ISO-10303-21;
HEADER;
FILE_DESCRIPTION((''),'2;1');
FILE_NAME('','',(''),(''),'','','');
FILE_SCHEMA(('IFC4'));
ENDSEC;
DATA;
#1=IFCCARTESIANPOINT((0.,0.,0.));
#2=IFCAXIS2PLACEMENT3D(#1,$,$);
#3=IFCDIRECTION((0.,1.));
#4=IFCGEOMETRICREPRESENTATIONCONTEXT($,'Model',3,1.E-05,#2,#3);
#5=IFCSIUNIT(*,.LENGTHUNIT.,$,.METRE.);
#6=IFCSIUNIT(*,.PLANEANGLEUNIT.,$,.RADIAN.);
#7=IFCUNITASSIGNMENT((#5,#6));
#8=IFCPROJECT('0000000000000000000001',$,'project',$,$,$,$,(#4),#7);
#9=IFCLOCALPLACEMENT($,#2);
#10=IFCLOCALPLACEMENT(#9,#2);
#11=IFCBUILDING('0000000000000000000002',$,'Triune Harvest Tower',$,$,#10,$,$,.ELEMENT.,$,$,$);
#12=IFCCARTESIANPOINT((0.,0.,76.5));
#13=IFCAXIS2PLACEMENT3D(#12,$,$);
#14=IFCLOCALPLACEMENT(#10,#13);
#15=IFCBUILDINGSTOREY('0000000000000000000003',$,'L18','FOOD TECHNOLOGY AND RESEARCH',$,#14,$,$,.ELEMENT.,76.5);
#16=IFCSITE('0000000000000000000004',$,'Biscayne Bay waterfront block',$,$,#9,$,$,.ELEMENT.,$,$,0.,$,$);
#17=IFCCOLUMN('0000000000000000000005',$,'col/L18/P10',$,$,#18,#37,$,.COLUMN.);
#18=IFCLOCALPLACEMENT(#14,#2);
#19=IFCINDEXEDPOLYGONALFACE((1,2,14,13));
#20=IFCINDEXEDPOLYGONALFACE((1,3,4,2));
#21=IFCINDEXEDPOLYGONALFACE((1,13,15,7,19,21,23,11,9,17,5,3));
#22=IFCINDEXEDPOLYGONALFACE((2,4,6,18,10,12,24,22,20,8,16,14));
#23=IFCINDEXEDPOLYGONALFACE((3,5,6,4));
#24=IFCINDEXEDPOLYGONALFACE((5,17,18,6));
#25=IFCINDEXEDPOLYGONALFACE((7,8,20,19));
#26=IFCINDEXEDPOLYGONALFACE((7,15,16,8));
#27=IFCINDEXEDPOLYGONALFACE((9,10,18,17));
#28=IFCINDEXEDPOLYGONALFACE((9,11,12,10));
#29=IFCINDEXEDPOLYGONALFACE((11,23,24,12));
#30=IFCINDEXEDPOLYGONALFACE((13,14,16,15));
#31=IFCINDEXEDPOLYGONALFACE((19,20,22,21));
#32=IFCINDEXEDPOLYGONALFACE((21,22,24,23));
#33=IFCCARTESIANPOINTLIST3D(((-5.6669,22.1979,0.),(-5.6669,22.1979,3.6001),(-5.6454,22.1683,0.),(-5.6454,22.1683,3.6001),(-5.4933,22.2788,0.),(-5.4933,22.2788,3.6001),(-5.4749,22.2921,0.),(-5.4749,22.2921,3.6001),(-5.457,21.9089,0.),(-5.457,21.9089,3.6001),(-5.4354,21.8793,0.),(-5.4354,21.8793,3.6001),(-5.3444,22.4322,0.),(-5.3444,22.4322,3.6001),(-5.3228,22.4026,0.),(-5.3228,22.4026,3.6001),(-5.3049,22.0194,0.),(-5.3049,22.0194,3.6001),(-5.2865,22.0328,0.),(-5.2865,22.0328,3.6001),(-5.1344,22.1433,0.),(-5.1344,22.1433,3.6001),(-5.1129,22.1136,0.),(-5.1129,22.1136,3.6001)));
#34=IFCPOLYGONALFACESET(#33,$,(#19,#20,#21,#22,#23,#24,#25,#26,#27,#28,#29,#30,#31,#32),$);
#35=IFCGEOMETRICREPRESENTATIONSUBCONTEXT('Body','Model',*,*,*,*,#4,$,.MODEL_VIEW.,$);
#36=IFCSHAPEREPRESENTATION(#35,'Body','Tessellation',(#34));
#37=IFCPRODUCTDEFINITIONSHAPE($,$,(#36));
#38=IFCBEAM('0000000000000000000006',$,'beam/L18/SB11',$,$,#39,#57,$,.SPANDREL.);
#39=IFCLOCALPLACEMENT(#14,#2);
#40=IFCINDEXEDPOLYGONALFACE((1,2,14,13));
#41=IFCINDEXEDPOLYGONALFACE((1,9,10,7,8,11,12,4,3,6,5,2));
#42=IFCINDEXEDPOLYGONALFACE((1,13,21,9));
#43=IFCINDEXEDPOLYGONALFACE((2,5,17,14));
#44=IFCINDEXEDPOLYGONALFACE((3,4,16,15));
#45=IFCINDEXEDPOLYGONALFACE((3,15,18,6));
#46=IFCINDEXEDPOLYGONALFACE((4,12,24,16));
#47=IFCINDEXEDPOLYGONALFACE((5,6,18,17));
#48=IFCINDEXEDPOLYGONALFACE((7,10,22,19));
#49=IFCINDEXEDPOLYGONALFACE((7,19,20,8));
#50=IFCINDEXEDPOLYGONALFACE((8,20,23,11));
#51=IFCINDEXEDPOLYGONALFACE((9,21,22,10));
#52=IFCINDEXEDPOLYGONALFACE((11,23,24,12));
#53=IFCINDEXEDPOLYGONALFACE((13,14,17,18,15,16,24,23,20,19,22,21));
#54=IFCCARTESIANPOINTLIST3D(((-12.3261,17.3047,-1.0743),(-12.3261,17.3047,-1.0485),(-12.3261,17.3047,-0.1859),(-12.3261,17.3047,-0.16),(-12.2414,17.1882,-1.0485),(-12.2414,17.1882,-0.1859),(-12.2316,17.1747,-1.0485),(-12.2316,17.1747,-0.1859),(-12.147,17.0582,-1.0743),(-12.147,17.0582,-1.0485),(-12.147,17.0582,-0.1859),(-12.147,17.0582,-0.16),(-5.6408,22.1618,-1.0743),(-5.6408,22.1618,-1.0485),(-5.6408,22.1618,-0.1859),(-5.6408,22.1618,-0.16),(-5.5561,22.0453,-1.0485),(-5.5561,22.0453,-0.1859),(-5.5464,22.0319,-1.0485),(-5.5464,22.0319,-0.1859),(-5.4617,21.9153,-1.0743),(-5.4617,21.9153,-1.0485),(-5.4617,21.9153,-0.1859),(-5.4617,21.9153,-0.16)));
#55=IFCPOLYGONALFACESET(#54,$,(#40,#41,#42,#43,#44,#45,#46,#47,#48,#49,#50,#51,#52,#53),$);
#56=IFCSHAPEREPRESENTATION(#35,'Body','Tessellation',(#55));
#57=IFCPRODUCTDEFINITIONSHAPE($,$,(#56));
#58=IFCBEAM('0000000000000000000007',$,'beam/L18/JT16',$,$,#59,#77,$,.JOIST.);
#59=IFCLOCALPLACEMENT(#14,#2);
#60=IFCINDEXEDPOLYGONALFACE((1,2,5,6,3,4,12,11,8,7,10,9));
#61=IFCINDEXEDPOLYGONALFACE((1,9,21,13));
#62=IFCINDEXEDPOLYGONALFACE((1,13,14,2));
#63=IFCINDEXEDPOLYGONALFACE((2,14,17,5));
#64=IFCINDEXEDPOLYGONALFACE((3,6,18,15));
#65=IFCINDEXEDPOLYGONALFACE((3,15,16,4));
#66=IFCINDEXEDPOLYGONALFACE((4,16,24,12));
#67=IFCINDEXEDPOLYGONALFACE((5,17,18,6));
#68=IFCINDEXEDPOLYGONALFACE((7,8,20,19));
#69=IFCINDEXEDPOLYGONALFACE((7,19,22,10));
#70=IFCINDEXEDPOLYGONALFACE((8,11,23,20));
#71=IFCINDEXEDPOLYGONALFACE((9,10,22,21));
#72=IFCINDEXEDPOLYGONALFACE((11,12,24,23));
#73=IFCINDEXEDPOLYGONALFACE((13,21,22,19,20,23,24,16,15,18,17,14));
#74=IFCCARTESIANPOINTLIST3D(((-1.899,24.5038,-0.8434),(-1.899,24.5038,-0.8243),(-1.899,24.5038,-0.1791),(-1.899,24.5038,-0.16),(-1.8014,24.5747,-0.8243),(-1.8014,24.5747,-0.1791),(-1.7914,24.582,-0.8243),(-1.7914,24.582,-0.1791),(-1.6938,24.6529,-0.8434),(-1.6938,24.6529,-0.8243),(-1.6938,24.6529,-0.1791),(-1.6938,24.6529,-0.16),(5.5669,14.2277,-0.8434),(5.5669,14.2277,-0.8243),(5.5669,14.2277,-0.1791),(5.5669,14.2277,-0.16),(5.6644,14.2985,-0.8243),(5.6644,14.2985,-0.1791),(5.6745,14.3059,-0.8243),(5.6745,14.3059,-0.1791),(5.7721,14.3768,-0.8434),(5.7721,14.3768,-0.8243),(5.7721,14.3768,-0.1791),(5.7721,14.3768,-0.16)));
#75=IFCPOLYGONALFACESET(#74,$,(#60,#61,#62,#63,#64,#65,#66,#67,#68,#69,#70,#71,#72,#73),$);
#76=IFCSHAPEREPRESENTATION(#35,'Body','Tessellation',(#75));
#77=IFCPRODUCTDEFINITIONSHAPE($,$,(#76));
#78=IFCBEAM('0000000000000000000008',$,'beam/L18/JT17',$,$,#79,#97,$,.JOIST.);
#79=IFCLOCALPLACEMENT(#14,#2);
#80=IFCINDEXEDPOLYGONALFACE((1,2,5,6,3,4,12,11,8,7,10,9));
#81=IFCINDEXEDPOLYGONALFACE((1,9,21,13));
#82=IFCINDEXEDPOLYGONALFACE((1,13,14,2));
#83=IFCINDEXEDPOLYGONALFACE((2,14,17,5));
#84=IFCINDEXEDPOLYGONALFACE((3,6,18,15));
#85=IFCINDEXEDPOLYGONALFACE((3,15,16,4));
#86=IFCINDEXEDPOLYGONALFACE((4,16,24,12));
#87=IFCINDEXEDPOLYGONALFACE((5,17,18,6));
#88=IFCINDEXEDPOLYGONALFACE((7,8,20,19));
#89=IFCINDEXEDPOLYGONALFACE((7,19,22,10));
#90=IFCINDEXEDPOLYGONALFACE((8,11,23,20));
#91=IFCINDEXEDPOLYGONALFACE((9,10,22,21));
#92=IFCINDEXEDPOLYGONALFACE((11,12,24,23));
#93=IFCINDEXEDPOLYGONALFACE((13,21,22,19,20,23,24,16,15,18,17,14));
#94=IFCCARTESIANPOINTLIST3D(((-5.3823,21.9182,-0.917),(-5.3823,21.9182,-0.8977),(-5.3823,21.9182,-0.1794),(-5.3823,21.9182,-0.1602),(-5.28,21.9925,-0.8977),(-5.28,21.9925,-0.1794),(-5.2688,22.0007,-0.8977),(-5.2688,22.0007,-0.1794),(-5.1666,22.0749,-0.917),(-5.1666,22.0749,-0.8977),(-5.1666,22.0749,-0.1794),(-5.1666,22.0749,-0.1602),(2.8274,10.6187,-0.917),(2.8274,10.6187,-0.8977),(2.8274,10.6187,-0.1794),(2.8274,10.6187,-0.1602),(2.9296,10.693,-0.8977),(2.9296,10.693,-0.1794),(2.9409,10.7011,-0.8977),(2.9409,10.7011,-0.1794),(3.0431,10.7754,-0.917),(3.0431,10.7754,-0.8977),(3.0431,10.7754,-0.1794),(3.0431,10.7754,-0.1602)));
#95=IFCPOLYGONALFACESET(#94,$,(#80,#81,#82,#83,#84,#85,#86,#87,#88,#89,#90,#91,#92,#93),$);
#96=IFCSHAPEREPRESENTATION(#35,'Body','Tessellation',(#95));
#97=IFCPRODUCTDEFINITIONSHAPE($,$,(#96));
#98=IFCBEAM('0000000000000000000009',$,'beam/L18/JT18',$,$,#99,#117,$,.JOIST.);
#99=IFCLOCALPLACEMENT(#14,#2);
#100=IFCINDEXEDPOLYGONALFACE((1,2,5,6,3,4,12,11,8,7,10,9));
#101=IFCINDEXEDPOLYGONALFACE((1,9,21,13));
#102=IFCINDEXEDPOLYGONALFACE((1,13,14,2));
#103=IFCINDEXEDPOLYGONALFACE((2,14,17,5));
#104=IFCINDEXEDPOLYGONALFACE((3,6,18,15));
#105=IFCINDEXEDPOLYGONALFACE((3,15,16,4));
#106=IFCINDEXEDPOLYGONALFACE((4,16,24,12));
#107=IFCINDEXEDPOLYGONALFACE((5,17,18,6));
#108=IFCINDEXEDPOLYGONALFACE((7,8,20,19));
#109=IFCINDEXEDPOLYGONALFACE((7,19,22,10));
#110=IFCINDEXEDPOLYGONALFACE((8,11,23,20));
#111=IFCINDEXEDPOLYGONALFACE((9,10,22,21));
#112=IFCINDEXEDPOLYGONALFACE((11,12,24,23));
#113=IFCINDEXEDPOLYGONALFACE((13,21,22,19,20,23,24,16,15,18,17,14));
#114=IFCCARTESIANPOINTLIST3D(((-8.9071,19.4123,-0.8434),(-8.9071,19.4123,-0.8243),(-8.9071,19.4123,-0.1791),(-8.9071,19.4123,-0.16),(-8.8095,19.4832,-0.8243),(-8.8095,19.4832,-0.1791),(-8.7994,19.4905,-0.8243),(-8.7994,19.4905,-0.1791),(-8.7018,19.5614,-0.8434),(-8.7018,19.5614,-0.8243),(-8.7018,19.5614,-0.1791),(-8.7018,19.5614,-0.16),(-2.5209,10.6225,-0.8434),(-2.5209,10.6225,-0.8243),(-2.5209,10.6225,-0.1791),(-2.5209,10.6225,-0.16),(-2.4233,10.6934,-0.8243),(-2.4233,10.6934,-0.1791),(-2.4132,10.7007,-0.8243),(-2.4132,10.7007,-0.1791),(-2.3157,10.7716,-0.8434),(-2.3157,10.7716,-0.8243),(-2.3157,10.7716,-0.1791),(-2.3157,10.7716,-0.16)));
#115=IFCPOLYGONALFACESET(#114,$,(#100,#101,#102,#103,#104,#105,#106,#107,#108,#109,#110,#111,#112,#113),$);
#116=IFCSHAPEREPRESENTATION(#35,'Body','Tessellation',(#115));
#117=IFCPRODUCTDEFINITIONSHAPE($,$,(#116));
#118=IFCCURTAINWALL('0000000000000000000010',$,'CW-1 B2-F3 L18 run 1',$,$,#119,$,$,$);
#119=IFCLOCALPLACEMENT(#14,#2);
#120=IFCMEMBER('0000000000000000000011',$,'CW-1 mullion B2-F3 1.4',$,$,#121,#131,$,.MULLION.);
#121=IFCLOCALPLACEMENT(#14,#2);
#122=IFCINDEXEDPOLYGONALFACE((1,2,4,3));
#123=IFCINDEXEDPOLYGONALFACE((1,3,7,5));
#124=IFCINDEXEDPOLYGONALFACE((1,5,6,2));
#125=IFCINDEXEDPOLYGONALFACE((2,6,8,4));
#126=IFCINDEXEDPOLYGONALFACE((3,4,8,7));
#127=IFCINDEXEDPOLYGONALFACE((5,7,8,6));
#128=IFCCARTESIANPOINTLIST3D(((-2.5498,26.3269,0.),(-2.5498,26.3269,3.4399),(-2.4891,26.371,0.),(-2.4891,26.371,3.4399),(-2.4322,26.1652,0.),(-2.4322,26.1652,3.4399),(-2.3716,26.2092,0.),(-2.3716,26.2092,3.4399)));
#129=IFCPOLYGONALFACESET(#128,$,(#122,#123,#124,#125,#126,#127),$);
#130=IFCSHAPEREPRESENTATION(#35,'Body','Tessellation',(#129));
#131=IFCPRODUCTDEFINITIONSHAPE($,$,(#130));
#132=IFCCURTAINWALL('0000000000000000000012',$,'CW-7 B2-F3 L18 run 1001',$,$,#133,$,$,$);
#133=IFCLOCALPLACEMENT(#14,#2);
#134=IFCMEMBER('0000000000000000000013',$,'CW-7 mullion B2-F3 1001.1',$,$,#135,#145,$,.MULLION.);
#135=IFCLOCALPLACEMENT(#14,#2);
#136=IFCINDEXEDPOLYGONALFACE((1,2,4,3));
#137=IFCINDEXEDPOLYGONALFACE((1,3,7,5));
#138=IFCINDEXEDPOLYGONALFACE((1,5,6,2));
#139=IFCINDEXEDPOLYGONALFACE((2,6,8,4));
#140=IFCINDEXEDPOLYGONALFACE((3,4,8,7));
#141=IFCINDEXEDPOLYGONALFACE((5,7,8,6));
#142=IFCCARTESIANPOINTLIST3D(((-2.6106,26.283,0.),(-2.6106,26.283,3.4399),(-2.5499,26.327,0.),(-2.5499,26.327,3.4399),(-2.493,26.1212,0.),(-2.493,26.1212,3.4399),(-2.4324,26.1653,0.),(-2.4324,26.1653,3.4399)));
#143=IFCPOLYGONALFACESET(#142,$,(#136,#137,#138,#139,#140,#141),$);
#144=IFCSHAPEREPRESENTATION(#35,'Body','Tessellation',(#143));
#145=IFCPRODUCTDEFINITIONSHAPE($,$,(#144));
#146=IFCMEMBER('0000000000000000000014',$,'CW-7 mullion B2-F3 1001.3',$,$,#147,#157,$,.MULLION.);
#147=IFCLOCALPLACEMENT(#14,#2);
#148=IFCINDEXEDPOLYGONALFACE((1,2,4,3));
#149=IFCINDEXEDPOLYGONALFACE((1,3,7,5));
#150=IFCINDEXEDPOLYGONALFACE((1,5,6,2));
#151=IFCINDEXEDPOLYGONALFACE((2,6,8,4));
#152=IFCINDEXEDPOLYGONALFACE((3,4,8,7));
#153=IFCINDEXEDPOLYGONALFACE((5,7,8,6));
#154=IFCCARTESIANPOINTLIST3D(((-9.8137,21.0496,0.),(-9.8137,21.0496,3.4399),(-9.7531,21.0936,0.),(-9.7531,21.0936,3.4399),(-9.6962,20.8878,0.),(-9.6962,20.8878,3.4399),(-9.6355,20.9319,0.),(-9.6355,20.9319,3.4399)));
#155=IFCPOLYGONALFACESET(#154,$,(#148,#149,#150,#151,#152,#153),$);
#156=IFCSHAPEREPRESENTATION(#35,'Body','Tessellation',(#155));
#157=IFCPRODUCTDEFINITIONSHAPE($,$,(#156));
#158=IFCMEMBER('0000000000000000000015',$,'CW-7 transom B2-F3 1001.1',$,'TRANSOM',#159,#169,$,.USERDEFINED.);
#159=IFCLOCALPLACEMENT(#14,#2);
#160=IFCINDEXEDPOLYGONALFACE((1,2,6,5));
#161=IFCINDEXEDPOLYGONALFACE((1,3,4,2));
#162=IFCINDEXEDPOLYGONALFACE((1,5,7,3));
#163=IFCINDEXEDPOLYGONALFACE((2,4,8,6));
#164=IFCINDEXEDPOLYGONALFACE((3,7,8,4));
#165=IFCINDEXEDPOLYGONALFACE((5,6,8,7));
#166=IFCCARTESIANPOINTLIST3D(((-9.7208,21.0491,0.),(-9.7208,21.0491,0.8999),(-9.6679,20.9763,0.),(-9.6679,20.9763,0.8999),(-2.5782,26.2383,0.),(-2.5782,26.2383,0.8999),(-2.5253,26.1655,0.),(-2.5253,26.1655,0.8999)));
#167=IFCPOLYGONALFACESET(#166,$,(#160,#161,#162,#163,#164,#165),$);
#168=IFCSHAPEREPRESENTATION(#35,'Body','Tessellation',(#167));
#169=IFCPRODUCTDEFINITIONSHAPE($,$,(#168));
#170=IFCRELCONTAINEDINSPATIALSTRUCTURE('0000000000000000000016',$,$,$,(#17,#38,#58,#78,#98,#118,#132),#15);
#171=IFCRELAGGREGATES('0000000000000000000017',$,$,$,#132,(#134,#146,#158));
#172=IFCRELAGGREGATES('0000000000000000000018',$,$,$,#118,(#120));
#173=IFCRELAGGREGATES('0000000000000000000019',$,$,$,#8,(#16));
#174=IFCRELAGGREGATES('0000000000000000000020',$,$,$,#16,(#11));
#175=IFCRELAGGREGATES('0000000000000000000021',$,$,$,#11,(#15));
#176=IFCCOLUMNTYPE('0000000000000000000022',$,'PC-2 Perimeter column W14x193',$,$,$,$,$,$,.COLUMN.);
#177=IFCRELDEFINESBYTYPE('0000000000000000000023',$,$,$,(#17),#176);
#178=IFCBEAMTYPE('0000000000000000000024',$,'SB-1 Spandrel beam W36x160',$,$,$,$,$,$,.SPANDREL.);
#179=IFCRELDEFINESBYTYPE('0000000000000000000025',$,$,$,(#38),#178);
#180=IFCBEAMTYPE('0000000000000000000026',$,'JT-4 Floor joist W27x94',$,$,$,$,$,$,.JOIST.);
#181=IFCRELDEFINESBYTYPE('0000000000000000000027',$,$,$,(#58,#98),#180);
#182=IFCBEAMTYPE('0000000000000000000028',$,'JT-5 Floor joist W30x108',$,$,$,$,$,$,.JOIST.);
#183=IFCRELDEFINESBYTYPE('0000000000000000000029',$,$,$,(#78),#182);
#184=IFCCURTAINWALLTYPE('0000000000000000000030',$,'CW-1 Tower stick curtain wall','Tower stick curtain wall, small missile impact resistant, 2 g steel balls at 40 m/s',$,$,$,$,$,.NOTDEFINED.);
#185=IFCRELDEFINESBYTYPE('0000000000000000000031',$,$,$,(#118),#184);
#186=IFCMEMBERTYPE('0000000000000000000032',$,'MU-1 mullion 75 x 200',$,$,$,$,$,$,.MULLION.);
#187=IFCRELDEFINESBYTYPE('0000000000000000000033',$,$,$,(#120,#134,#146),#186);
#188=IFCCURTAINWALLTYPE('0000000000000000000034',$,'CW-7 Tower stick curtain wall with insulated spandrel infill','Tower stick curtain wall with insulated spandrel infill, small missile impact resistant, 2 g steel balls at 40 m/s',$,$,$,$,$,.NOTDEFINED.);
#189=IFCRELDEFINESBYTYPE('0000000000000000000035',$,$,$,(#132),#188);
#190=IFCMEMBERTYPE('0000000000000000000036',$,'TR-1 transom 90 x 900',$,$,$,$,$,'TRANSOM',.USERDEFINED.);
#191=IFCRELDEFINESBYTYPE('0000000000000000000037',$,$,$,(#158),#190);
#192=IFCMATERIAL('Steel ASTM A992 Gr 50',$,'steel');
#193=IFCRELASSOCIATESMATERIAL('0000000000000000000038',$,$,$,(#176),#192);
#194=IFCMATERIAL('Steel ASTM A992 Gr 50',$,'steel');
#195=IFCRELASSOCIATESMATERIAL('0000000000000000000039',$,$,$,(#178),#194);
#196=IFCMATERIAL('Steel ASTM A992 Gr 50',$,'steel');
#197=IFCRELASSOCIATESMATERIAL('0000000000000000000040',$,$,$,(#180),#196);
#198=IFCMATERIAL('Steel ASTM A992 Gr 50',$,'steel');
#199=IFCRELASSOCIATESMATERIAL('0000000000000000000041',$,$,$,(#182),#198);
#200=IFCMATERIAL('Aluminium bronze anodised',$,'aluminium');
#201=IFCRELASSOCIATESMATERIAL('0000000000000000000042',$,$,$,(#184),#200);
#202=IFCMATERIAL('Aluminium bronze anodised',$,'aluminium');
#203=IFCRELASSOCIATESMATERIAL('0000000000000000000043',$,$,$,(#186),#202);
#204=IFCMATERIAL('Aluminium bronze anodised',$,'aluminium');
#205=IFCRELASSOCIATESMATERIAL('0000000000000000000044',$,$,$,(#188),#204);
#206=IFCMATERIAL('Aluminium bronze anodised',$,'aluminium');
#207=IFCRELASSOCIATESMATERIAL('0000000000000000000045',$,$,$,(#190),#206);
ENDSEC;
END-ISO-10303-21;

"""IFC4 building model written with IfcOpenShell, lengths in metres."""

from ifc_helpers import new_model, si_unit, direction, frame, origin, origin_2d, place, context, subcontext, project, spatial, rectangle, i_section, extrude, source, transform, mapped, material, material_profile, profile_set, type_object, element, aggregate, save


model = new_model("IFC4")

# Units and contexts
model_context = context("Model", 3, precision=1e-05, world=origin(), true_north=direction((0.0, 1.0)))
body_context = subcontext(model_context, "Body", "Model", "MODEL_VIEW")
ifc_project = project(units=[si_unit("LENGTHUNIT", "METRE"), si_unit("PLANEANGLEUNIT", "RADIAN")], contexts=[model_context])

# Site, building, storey
site_placement = place(None, origin())
site = spatial("IfcSite", under=ifc_project, at=site_placement, Name="Biscayne Bay waterfront block", CompositionType="ELEMENT", RefElevation=0.0)
building_placement = place(site_placement, origin())
building = spatial("IfcBuilding", under=site, at=building_placement, Name="Triune Harvest Tower", CompositionType="ELEMENT")
storey_placement = place(building_placement, frame((0.0, 0.0, 76.5)))
storey = spatial("IfcBuildingStorey", under=building, at=storey_placement, Name="L18", Description="FOOD TECHNOLOGY AND RESEARCH", CompositionType="ELEMENT", Elevation=76.5)

# Column
ifc_material_1 = material(Name="Steel ASTM A992 Gr 50", Category="steel")
ifc_material_profile_1 = material_profile(ifc_material_1, i_section(OverallWidth=0.3987, OverallDepth=0.3938, WebThickness=0.0227, FlangeThickness=0.0366, at=origin_2d()), Name="W14x193")
ifc_profile_set_1 = profile_set([ifc_material_profile_1], Name="Steel ASTM A992 Gr 50")
column_type = type_object("IfcColumnType", Name="PC-2 Perimeter column W14x193", PredefinedType="COLUMN", material=ifc_profile_set_1)
shared_shape_1 = source(origin(), body_context, "Body", "SweptSolid", [
    extrude(i_section(OverallWidth=0.3987, OverallDepth=0.3938, WebThickness=0.0227, FlangeThickness=0.0366, at=origin_2d()), origin(), (0.0, 0.0, 1.0), 3.6001),
])
column_placement = place(storey_placement, frame((-5.3899, 22.1558, 0.0), z_axis=(0.0, 0.0, 1.0), x_axis=(-0.809017, -0.587785, 0.0)))
element("IfcColumn", 1, at=column_placement, inside=storey, type_object=column_type, Name="col/L18/P10", PredefinedType="COLUMN", context=body_context, shape_type="MappedRepresentation", body=[
    mapped(shared_shape_1, transform((0.0, 0.0, 0.0), scale=1.0)),
])

# Beams
ifc_material_2 = material(Name="Steel ASTM A992 Gr 50", Category="steel")
ifc_material_profile_2 = material_profile(ifc_material_2, i_section(OverallWidth=0.3047, OverallDepth=0.9143, WebThickness=0.0166, FlangeThickness=0.0259, at=origin_2d()), Name="W36x160")
ifc_profile_set_2 = profile_set([ifc_material_profile_2], Name="Steel ASTM A992 Gr 50")
beam_type_1 = type_object("IfcBeamType", Name="SB-1 Spandrel beam W36x160", PredefinedType="SPANDREL", material=ifc_profile_set_2)
shared_shape_2 = source(origin(), body_context, "Body", "SweptSolid", [
    extrude(i_section(OverallWidth=0.3047, OverallDepth=0.9143, WebThickness=0.0166, FlangeThickness=0.0259, at=origin_2d()), origin(), (0.0, 0.0, 1.0), 8.2634),
])
beam_1_placement = place(storey_placement, frame((-5.5513, 22.0386, -0.6172), z_axis=(-0.809016, -0.587787, 0.0), x_axis=(0.587787, -0.809016, 0.0)))
element("IfcBeam", 2, at=beam_1_placement, inside=storey, type_object=beam_type_1, Name="beam/L18/SB11", PredefinedType="SPANDREL", context=body_context, shape_type="MappedRepresentation", body=[
    mapped(shared_shape_2, transform((0.0, 0.0, 0.0), scale=1.0)),
])
ifc_material_3 = material(Name="Steel ASTM A992 Gr 50", Category="steel")
ifc_material_profile_3 = material_profile(ifc_material_3, i_section(OverallWidth=0.2537, OverallDepth=0.6833, WebThickness=0.0125, FlangeThickness=0.019, at=origin_2d()), Name="W27x94")
ifc_profile_set_3 = profile_set([ifc_material_profile_3], Name="Steel ASTM A992 Gr 50")
beam_type_2 = type_object("IfcBeamType", Name="JT-4 Floor joist W27x94", PredefinedType="JOIST", material=ifc_profile_set_3)
shared_shape_3 = source(origin(), body_context, "Body", "SweptSolid", [
    extrude(i_section(OverallWidth=0.2537, OverallDepth=0.6833, WebThickness=0.0125, FlangeThickness=0.019, at=origin_2d()), origin(), (0.0, 0.0, 1.0), 12.7019),
])
beam_2_placement = place(storey_placement, frame((-1.7964, 24.5784, -0.5017), z_axis=(0.587774, -0.809025, 0.0), x_axis=(0.809025, 0.587774, 0.0)))
element("IfcBeam", 3, at=beam_2_placement, inside=storey, type_object=beam_type_2, Name="beam/L18/JT16", PredefinedType="JOIST", context=body_context, shape_type="MappedRepresentation", body=[
    mapped(shared_shape_3, transform((0.0, 0.0, 0.0), scale=1.0)),
])
ifc_material_4 = material(Name="Steel ASTM A992 Gr 50", Category="steel")
ifc_material_profile_4 = material_profile(ifc_material_4, i_section(OverallWidth=0.2666, OverallDepth=0.7568, WebThickness=0.0139, FlangeThickness=0.0193, at=origin_2d()), Name="W30x108")
ifc_profile_set_4 = profile_set([ifc_material_profile_4], Name="Steel ASTM A992 Gr 50")
beam_type_3 = type_object("IfcBeamType", Name="JT-5 Floor joist W30x108", PredefinedType="JOIST", material=ifc_profile_set_4)
shared_shape_4 = source(origin(), body_context, "Body", "SweptSolid", [
    extrude(i_section(OverallWidth=0.2666, OverallDepth=0.7568, WebThickness=0.0139, FlangeThickness=0.0193, at=origin_2d()), origin(), (0.0, 0.0, 1.0), 13.967),
])
beam_3_placement = place(storey_placement, frame((-5.2744, 21.9966, -0.5386), z_axis=(0.58779, -0.809013, 0.0), x_axis=(0.809013, 0.58779, 0.0)))
element("IfcBeam", 4, at=beam_3_placement, inside=storey, type_object=beam_type_3, Name="beam/L18/JT17", PredefinedType="JOIST", context=body_context, shape_type="MappedRepresentation", body=[
    mapped(shared_shape_4, transform((0.0, 0.0, 0.0), scale=1.0)),
])
shared_shape_5 = source(origin(), body_context, "Body", "SweptSolid", [
    extrude(i_section(OverallWidth=0.2537, OverallDepth=0.6833, WebThickness=0.0125, FlangeThickness=0.019, at=origin_2d()), origin(), (0.0, 0.0, 1.0), 10.8647),
])
beam_4_placement = place(storey_placement, frame((-8.8044, 19.4868, -0.5017), z_axis=(0.58779, -0.809014, 0.0), x_axis=(0.809014, 0.58779, 0.0)))
element("IfcBeam", 5, at=beam_4_placement, inside=storey, type_object=beam_type_2, Name="beam/L18/JT18", PredefinedType="JOIST", context=body_context, shape_type="MappedRepresentation", body=[
    mapped(shared_shape_5, transform((0.0, 0.0, 0.0), scale=1.0)),
])

# Curtain wall, member
ifc_material_5 = material(Name="Aluminium bronze anodised", Category="aluminium")
curtain_wall_type_1 = type_object("IfcCurtainWallType", Name="CW-1 Tower stick curtain wall", Description="Tower stick curtain wall, small missile impact resistant, 2 g steel balls at 40 m/s", PredefinedType="NOTDEFINED", material=ifc_material_5)
curtain_wall_1_placement = place(storey_placement, origin())
curtain_wall_1 = element("IfcCurtainWall", 6, at=curtain_wall_1_placement, inside=storey, type_object=curtain_wall_type_1, Name="CW-1 B2-F3 L18 run 1")
ifc_material_6 = material(Name="Aluminium bronze anodised", Category="aluminium")
ifc_material_profile_5 = material_profile(ifc_material_6, rectangle(XDim=0.2, YDim=0.075, at=origin_2d()), Name="MU-1 mullion 75 x 200")
ifc_profile_set_5 = profile_set([ifc_material_profile_5], Name="Aluminium bronze anodised")
member_type_1 = type_object("IfcMemberType", Name="MU-1 mullion 75 x 200", PredefinedType="MULLION", material=ifc_profile_set_5)
shared_shape_6 = source(origin(), body_context, "Body", "SweptSolid", [
    extrude(rectangle(XDim=0.2, YDim=0.075, at=origin_2d()), origin(), (0.0, 0.0, 1.0), 3.4399),
])
member_1_placement = place(storey_placement, frame((-2.4607, 26.2681, 0.0), z_axis=(0.0, 0.0, 1.0), x_axis=(0.587785, -0.809017, 0.0)))
member_1 = element("IfcMember", 7, at=member_1_placement, type_object=member_type_1, Name="CW-1 mullion B2-F3 1.4", PredefinedType="MULLION", context=body_context, shape_type="MappedRepresentation", body=[
    mapped(shared_shape_6, transform((0.0, 0.0, 0.0), scale=1.0)),
])

# Curtain wall, members
ifc_material_7 = material(Name="Aluminium bronze anodised", Category="aluminium")
curtain_wall_type_2 = type_object("IfcCurtainWallType", Name="CW-7 Tower stick curtain wall with insulated spandrel infill", Description="Tower stick curtain wall with insulated spandrel infill, small missile impact resistant, 2 g steel balls at 40 m/s", PredefinedType="NOTDEFINED", material=ifc_material_7)
curtain_wall_2_placement = place(storey_placement, origin())
curtain_wall_2 = element("IfcCurtainWall", 8, at=curtain_wall_2_placement, inside=storey, type_object=curtain_wall_type_2, Name="CW-7 B2-F3 L18 run 1001")
member_2_placement = place(storey_placement, frame((-2.5215, 26.2241, 0.0), z_axis=(0.0, 0.0, 1.0), x_axis=(0.587787, -0.809016, 0.0)))
member_2 = element("IfcMember", 9, at=member_2_placement, type_object=member_type_1, Name="CW-7 mullion B2-F3 1001.1", PredefinedType="MULLION", context=body_context, shape_type="MappedRepresentation", body=[
    mapped(shared_shape_6, transform((0.0, 0.0, 0.0), scale=1.0)),
])
member_3_placement = place(storey_placement, frame((-9.7246, 20.9907, 0.0), z_axis=(0.0, 0.0, 1.0), x_axis=(0.587787, -0.809016, 0.0)))
member_3 = element("IfcMember", 10, at=member_3_placement, type_object=member_type_1, Name="CW-7 mullion B2-F3 1001.3", PredefinedType="MULLION", context=body_context, shape_type="MappedRepresentation", body=[
    mapped(shared_shape_6, transform((0.0, 0.0, 0.0), scale=1.0)),
])
ifc_material_8 = material(Name="Aluminium bronze anodised", Category="aluminium")
ifc_material_profile_6 = material_profile(ifc_material_8, rectangle(XDim=0.0901, YDim=0.8999, at=origin_2d()), Name="TR-1 transom 90 x 900")
ifc_profile_set_6 = profile_set([ifc_material_profile_6], Name="Aluminium bronze anodised")
member_type_2 = type_object("IfcMemberType", Name="TR-1 transom 90 x 900", ElementType="TRANSOM", PredefinedType="USERDEFINED", material=ifc_profile_set_6)
shared_shape_7 = source(origin(), body_context, "Body", "SweptSolid", [
    extrude(rectangle(XDim=0.0901, YDim=0.8999, at=origin_2d()), origin(), (0.0, 0.0, 1.0), 8.8286),
])
member_4_placement = place(storey_placement, frame((-2.5518, 26.2019, 0.45), z_axis=(-0.809027, -0.587772, 0.0), x_axis=(0.587772, -0.809027, 0.0)))
member_4 = element("IfcMember", 11, at=member_4_placement, type_object=member_type_2, Name="CW-7 transom B2-F3 1001.1", ObjectType="TRANSOM", PredefinedType="USERDEFINED", context=body_context, shape_type="MappedRepresentation", body=[
    mapped(shared_shape_7, transform((0.0, 0.0, 0.0), scale=1.0)),
])
aggregate(curtain_wall_2, [member_2, member_3, member_4])

aggregate(curtain_wall_1, [member_1])

save(model, "model.ifc")
